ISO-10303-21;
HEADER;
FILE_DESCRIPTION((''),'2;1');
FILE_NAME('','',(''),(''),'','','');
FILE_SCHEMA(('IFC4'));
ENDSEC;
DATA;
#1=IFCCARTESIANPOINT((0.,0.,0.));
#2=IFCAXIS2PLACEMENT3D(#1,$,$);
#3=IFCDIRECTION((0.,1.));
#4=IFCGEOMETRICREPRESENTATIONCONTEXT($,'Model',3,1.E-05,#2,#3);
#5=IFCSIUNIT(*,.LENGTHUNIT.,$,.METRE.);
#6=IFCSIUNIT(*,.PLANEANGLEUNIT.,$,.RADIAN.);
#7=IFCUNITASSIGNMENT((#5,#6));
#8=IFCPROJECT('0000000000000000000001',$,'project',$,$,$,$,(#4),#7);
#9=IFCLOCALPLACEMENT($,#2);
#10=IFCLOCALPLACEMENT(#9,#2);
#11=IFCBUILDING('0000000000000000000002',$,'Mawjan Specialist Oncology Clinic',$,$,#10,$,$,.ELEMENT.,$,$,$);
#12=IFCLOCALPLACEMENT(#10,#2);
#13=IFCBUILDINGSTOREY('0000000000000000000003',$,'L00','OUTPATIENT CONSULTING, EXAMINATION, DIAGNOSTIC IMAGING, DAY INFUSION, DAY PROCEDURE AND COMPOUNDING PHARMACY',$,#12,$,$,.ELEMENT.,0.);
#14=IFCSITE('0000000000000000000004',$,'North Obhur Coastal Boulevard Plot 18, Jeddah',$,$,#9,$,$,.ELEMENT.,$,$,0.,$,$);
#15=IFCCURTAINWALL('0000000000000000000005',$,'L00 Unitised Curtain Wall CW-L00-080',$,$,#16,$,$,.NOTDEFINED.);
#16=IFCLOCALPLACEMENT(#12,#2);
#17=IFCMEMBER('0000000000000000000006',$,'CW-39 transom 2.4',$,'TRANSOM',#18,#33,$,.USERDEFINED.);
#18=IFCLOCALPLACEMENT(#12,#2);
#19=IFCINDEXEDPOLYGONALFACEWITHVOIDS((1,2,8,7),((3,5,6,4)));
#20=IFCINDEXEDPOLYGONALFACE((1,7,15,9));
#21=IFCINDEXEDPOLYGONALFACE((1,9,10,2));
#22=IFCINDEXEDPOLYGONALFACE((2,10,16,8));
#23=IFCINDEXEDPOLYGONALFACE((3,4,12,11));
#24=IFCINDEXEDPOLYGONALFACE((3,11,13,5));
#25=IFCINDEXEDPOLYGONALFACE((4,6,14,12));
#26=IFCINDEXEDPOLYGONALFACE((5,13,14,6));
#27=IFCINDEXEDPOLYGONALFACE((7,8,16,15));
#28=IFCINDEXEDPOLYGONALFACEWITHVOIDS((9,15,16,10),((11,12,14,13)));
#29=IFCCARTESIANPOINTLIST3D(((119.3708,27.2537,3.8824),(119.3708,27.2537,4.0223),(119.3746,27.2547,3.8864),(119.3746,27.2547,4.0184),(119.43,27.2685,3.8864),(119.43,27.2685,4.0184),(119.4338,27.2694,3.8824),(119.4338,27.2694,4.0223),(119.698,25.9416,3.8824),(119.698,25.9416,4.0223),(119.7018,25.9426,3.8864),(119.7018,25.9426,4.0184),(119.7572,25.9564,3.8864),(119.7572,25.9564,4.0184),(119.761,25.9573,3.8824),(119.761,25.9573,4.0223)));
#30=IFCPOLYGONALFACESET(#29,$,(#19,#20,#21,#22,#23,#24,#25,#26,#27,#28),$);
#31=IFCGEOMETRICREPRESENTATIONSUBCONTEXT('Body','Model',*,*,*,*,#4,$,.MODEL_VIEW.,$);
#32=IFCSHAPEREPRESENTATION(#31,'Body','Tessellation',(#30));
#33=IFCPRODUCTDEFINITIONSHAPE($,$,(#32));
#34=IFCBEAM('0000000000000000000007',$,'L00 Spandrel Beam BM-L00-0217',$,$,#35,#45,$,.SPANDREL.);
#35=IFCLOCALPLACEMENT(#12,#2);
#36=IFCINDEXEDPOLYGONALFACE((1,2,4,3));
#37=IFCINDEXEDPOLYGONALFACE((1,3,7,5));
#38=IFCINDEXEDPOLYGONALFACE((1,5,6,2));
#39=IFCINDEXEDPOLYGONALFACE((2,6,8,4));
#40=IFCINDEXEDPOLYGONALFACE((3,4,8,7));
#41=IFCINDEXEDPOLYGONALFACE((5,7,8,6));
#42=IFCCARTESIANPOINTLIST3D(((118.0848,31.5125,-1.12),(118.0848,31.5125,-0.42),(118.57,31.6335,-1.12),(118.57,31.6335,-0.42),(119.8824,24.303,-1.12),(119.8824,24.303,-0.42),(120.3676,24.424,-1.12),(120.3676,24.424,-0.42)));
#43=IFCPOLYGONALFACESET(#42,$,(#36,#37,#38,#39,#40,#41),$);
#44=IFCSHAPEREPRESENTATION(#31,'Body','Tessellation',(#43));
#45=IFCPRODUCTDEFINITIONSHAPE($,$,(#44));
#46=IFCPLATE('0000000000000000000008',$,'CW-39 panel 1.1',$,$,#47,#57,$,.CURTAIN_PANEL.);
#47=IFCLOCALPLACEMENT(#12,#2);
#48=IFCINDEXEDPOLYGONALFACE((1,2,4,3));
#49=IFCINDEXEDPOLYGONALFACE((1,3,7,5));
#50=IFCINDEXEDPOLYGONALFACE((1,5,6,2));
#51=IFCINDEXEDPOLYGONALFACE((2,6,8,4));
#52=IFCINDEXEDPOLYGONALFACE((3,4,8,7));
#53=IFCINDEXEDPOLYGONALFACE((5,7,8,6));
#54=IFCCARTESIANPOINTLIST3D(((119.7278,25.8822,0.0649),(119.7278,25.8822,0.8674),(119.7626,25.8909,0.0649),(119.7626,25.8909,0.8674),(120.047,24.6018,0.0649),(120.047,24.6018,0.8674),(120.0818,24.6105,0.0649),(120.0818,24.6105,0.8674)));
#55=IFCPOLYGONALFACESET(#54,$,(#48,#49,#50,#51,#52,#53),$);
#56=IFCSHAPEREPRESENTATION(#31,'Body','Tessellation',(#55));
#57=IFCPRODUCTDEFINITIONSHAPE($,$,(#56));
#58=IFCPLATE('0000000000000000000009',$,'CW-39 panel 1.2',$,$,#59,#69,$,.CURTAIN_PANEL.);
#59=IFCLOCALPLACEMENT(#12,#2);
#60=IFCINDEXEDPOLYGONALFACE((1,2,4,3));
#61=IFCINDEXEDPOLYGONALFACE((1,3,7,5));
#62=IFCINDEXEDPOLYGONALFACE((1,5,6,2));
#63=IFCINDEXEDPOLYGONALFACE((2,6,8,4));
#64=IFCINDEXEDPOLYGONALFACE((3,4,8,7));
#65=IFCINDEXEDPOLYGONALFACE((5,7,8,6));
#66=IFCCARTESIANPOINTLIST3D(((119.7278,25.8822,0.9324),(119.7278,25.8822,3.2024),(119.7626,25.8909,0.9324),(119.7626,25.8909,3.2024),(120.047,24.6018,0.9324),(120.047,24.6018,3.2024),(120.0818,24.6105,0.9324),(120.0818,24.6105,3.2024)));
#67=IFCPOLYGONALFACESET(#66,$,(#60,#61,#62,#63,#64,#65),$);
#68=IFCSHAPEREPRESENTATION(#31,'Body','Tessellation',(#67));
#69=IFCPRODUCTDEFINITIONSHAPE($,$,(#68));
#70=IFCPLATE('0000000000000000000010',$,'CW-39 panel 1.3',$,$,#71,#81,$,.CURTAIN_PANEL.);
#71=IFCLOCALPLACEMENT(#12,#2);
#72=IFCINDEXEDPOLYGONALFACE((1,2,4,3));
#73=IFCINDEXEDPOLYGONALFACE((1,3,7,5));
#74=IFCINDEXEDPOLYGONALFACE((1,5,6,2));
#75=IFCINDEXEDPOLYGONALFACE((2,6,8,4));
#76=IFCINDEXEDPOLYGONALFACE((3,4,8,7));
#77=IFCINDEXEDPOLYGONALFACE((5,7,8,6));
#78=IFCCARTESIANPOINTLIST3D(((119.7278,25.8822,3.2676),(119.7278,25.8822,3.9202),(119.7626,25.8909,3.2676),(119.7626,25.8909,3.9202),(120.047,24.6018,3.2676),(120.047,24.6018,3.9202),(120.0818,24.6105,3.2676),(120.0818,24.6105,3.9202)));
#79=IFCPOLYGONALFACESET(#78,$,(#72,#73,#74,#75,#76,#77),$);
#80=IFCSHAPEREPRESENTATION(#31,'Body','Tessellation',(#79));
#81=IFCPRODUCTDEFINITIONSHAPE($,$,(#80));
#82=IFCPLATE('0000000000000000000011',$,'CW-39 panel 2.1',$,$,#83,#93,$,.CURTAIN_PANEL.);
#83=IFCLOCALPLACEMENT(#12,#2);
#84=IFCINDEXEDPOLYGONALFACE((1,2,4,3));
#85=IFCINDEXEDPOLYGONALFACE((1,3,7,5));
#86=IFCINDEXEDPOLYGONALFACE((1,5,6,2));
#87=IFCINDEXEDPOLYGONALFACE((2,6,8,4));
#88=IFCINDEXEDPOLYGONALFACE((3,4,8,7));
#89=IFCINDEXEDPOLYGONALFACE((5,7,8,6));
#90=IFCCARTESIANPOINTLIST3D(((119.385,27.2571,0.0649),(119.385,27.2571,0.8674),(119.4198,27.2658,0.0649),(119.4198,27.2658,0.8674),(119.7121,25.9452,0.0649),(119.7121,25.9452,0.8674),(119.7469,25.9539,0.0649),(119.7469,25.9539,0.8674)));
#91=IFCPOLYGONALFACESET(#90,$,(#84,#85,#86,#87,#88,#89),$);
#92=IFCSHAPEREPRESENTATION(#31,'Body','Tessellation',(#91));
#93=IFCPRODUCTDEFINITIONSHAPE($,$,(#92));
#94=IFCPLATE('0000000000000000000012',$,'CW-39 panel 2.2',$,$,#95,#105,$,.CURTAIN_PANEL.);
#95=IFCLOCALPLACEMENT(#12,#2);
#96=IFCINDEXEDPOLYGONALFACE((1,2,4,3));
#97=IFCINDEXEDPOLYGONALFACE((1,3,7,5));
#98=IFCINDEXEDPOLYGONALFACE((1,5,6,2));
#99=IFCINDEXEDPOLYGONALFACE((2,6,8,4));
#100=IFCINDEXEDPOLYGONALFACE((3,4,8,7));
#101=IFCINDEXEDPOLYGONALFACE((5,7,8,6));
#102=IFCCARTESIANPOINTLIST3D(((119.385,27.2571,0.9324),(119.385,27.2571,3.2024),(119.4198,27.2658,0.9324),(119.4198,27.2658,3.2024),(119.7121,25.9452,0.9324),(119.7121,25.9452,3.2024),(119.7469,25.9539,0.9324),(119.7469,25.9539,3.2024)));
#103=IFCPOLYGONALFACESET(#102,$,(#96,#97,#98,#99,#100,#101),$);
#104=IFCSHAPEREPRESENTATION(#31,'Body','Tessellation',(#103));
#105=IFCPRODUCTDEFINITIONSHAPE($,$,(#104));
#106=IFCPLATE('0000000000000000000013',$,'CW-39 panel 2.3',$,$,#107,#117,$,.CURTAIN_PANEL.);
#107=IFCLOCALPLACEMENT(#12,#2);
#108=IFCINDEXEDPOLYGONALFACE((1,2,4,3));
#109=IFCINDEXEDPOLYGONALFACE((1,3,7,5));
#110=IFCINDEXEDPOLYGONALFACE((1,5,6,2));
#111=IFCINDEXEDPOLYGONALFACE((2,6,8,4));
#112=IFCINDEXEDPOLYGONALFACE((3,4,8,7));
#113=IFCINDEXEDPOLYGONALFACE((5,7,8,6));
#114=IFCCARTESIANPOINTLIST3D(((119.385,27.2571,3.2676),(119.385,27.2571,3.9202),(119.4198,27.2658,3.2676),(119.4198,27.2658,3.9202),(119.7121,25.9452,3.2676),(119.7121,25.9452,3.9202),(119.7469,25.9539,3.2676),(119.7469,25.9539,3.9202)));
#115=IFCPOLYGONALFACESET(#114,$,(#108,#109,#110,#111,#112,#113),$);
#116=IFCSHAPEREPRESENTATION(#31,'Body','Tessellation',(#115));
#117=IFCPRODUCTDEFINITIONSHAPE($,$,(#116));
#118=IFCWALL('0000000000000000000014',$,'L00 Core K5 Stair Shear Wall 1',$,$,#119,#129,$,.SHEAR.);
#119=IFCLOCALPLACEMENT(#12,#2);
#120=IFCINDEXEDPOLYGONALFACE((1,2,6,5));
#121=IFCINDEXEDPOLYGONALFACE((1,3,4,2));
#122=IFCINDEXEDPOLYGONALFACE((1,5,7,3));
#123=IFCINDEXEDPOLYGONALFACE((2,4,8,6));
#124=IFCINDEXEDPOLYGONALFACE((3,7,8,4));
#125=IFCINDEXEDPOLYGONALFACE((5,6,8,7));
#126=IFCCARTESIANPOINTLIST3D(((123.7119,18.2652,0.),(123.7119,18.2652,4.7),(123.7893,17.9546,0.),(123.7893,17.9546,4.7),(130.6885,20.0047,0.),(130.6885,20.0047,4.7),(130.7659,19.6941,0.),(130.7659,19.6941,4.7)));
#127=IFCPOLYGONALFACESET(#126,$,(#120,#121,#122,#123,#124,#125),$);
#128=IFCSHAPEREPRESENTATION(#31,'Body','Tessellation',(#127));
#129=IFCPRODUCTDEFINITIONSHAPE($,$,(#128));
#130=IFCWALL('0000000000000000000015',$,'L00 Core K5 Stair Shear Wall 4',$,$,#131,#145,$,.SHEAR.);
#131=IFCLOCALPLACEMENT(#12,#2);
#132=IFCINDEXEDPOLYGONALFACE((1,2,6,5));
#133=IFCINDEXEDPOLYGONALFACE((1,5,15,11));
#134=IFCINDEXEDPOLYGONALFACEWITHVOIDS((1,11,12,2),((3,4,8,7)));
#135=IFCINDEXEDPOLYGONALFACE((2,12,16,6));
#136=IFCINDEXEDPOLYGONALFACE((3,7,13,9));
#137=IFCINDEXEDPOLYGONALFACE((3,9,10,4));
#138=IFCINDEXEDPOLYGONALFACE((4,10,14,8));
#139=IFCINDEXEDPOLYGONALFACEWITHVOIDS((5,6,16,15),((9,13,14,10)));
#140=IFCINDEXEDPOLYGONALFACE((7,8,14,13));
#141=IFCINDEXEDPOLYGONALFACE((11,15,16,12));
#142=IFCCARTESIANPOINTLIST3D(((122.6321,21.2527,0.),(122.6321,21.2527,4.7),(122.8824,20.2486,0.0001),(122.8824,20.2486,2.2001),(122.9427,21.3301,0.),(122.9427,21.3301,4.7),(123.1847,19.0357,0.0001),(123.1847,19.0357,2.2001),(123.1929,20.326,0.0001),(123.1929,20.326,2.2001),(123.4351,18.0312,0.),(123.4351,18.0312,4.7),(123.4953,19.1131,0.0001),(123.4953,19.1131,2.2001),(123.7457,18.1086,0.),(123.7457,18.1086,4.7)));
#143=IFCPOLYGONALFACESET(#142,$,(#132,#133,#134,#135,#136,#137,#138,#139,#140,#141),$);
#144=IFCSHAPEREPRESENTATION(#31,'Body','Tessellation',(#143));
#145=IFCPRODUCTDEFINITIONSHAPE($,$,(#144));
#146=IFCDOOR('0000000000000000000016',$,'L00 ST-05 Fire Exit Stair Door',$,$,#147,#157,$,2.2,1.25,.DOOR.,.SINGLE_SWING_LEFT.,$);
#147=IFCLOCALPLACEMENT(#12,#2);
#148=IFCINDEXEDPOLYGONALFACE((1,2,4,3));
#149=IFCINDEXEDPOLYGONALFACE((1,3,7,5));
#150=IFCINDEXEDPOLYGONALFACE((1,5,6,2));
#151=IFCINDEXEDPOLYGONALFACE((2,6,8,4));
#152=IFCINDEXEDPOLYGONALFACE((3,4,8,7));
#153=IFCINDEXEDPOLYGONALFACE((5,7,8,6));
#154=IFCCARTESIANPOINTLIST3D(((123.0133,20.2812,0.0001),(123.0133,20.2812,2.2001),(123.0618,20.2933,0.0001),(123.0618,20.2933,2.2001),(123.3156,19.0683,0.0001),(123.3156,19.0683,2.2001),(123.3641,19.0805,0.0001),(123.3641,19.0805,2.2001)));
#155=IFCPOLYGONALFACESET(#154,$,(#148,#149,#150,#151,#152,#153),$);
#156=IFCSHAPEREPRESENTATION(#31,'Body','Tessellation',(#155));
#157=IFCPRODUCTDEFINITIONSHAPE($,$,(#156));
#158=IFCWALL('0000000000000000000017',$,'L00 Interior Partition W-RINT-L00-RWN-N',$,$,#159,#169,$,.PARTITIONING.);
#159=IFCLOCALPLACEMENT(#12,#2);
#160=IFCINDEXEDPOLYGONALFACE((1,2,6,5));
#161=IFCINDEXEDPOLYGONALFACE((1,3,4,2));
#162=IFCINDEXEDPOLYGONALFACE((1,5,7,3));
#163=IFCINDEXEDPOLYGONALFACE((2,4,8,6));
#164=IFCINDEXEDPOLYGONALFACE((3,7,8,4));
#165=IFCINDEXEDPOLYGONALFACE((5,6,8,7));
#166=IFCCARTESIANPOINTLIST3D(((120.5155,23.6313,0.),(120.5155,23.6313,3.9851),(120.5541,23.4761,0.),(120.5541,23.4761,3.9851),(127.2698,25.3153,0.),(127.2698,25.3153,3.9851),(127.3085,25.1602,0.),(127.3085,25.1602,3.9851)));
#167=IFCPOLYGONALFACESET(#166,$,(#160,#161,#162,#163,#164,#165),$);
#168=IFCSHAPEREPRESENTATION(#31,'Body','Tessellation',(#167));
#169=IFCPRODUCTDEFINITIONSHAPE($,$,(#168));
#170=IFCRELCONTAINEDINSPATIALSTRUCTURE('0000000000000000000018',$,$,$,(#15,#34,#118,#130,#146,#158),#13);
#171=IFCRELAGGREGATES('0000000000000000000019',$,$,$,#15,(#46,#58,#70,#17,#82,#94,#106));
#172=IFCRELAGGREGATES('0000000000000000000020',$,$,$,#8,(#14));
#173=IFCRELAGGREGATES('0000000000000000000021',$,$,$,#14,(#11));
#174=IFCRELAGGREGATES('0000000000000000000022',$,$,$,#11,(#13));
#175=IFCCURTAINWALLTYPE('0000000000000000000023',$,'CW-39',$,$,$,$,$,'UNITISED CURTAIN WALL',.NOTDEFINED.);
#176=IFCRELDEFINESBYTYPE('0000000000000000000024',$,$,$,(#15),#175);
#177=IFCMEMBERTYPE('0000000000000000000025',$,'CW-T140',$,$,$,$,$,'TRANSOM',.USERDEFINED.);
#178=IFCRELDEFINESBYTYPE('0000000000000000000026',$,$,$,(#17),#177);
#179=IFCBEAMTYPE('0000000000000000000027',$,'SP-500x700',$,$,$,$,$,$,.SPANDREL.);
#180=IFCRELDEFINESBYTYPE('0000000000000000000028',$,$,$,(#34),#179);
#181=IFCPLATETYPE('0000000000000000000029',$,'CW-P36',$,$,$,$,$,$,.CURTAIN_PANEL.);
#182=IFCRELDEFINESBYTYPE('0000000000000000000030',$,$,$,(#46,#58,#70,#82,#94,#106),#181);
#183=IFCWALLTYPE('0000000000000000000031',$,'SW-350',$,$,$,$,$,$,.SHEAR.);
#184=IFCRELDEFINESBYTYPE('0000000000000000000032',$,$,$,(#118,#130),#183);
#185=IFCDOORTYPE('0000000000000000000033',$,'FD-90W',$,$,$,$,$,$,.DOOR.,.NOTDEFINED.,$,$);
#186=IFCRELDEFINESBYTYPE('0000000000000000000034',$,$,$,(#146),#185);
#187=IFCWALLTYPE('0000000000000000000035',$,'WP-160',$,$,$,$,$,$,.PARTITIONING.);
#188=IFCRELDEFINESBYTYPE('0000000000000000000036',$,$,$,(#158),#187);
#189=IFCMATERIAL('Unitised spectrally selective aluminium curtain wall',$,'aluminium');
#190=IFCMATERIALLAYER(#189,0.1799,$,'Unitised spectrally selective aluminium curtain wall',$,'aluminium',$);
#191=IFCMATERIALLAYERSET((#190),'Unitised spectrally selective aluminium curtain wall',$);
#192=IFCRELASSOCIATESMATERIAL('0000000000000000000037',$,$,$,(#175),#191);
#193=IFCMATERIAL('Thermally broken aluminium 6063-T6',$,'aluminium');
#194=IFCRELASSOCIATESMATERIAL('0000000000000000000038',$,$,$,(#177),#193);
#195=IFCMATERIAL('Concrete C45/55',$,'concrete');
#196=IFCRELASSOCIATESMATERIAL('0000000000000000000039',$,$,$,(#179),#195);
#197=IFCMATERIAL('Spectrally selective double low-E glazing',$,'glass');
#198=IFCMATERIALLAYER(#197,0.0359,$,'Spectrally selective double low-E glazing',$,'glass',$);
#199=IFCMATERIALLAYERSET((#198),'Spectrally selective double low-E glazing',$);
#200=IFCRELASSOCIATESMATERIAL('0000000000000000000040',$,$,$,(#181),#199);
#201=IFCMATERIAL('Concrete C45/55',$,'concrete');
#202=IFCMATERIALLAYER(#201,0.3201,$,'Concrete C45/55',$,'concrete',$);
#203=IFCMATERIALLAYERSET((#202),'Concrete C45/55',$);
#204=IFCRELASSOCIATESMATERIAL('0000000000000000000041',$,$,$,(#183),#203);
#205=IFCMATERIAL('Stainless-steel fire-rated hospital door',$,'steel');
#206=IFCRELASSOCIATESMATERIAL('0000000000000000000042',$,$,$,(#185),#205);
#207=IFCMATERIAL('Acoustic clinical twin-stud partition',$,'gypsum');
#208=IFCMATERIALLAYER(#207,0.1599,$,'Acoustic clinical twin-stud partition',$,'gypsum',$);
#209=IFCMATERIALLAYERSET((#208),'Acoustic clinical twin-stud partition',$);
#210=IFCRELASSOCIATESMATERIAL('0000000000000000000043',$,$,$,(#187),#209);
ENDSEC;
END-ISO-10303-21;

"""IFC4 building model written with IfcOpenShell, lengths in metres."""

from ifc_helpers import new_model, si_unit, direction, frame, frame_2d, origin, origin_2d, place, context, subcontext, project, spatial, rectangle, hollow_rectangle, extrude, material, layer, layer_set, material_profile, profile_set, type_object, element, fill, aggregate, save


model = new_model("IFC4")

# Units and contexts
model_context = context("Model", 3, precision=1e-05, world=origin(), true_north=direction((0.0, 1.0)))
body_context = subcontext(model_context, "Body", "Model", "MODEL_VIEW")
ifc_project = project(units=[si_unit("LENGTHUNIT", "METRE"), si_unit("PLANEANGLEUNIT", "RADIAN")], contexts=[model_context])

# Site, building, storey
site_placement = place(None, origin())
site = spatial("IfcSite", under=ifc_project, at=site_placement, Name="North Obhur Coastal Boulevard Plot 18, Jeddah", CompositionType="ELEMENT", RefElevation=0.0)
building_placement = place(site_placement, origin())
building = spatial("IfcBuilding", under=site, at=building_placement, Name="Mawjan Specialist Oncology Clinic", CompositionType="ELEMENT")
storey_placement = place(building_placement, origin())
storey = spatial("IfcBuildingStorey", under=building, at=storey_placement, Name="L00", Description="OUTPATIENT CONSULTING, EXAMINATION, DIAGNOSTIC IMAGING, DAY INFUSION, DAY PROCEDURE AND COMPOUNDING PHARMACY", CompositionType="ELEMENT", Elevation=0.0)

# Curtain wall, member
ifc_material_1 = material(Name="Unitised spectrally selective aluminium curtain wall", Category="aluminium")
ifc_layer_1 = layer(ifc_material_1, 0.1799, Name="Unitised spectrally selective aluminium curtain wall", Category="aluminium")
ifc_layer_set_1 = layer_set([ifc_layer_1], Name="Unitised spectrally selective aluminium curtain wall")
curtain_wall_type = type_object("IfcCurtainWallType", Name="CW-39", ElementType="UNITISED CURTAIN WALL", PredefinedType="NOTDEFINED", material=ifc_layer_set_1)
curtain_wall_placement = place(storey_placement, origin())
curtain_wall = element("IfcCurtainWall", 1, at=curtain_wall_placement, inside=storey, type_object=curtain_wall_type, Name="L00 Unitised Curtain Wall CW-L00-080", PredefinedType="NOTDEFINED")
ifc_material_2 = material(Name="Thermally broken aluminium 6063-T6", Category="aluminium")
ifc_material_profile_1 = material_profile(ifc_material_2, hollow_rectangle(XDim=0.0649, YDim=0.1399, WallThickness=0.0039, at=origin_2d()), Name="ALU TRANSOM 140x65x4", Category="aluminium")
ifc_profile_set_1 = profile_set([ifc_material_profile_1], Name="Thermally broken aluminium 6063-T6")
member_type_1 = type_object("IfcMemberType", Name="CW-T140", ElementType="TRANSOM", PredefinedType="USERDEFINED", material=ifc_profile_set_1)
member_1_placement = place(storey_placement, frame((119.7295, 25.9495, 3.9524), z_axis=(-0.241941, 0.970291, 0.0), x_axis=(-0.970291, -0.241941, 0.0)))
member_1 = element("IfcMember", 2, at=member_1_placement, type_object=member_type_1, Name="CW-39 transom 2.4", ObjectType="TRANSOM", PredefinedType="USERDEFINED", context=body_context, shape_type="SweptSolid", body=[
    extrude(hollow_rectangle(XDim=0.0649, YDim=0.1399, WallThickness=0.0039, at=origin_2d()), origin(), (0.0, 0.0, 1.0), 1.3523),
])

# Beam
ifc_material_3 = material(Name="Concrete C45/55", Category="concrete")
ifc_material_profile_2 = material_profile(ifc_material_3, rectangle(XDim=0.5, YDim=0.7, at=origin_2d()), Name="RC BM 500x700", Category="concrete")
ifc_profile_set_2 = profile_set([ifc_material_profile_2], Name="Concrete C45/55")
beam_type_1 = type_object("IfcBeamType", Name="SP-500x700", PredefinedType="SPANDREL", material=ifc_profile_set_2)
beam_1_placement = place(storey_placement, frame((120.125, 24.3635, -0.77), z_axis=(-0.241933, 0.970293, 0.0), x_axis=(-0.970293, -0.241933, 0.0)))
element("IfcBeam", 3, at=beam_1_placement, inside=storey, type_object=beam_type_1, Name="L00 Spandrel Beam BM-L00-0217", PredefinedType="SPANDREL", context=body_context, shape_type="SweptSolid", body=[
    extrude(rectangle(XDim=0.5, YDim=0.7, at=origin_2d()), origin(), (0.0, 0.0, 1.0), 7.4302),
])

# Plates
ifc_material_4 = material(Name="Spectrally selective double low-E glazing", Category="glass")
ifc_layer_2 = layer(ifc_material_4, 0.0359, Name="Spectrally selective double low-E glazing", Category="glass")
ifc_layer_set_2 = layer_set([ifc_layer_2], Name="Spectrally selective double low-E glazing")
plate_type = type_object("IfcPlateType", Name="CW-P36", PredefinedType="CURTAIN_PANEL", material=ifc_layer_set_2)
plate_1_placement = place(storey_placement, frame((119.9048, 25.2463, 0.0649), z_axis=(0.0, 0.0, 1.0), x_axis=(-0.241922, 0.970296, 0.0)))
plate_1 = element("IfcPlate", 4, at=plate_1_placement, type_object=plate_type, Name="CW-39 panel 1.1", PredefinedType="CURTAIN_PANEL", context=body_context, shape_type="SweptSolid", body=[
    extrude(rectangle(XDim=1.3196, YDim=0.0359, at=origin_2d()), origin(), (0.0, 0.0, 1.0), 0.8025),
])
plate_2_placement = place(storey_placement, frame((119.9048, 25.2463, 0.9324), z_axis=(0.0, 0.0, 1.0), x_axis=(-0.241922, 0.970296, 0.0)))
plate_2 = element("IfcPlate", 5, at=plate_2_placement, type_object=plate_type, Name="CW-39 panel 1.2", PredefinedType="CURTAIN_PANEL", context=body_context, shape_type="SweptSolid", body=[
    extrude(rectangle(XDim=1.3196, YDim=0.0359, at=origin_2d()), origin(), (0.0, 0.0, 1.0), 2.27),
])
plate_3_placement = place(storey_placement, frame((119.9048, 25.2463, 3.2676), z_axis=(0.0, 0.0, 1.0), x_axis=(-0.241922, 0.970296, 0.0)))
plate_3 = element("IfcPlate", 6, at=plate_3_placement, type_object=plate_type, Name="CW-39 panel 1.3", PredefinedType="CURTAIN_PANEL", context=body_context, shape_type="SweptSolid", body=[
    extrude(rectangle(XDim=1.3196, YDim=0.0359, at=origin_2d()), origin(), (0.0, 0.0, 1.0), 0.6526),
])
plate_4_placement = place(storey_placement, frame((119.5659, 26.6055, 0.0649), z_axis=(0.0, 0.0, 1.0), x_axis=(-0.241922, 0.970296, 0.0)))
plate_4 = element("IfcPlate", 7, at=plate_4_placement, type_object=plate_type, Name="CW-39 panel 2.1", PredefinedType="CURTAIN_PANEL", context=body_context, shape_type="SweptSolid", body=[
    extrude(rectangle(XDim=1.3521, YDim=0.0359, at=origin_2d()), origin(), (0.0, 0.0, 1.0), 0.8025),
])
plate_5_placement = place(storey_placement, frame((119.5659, 26.6055, 0.9324), z_axis=(0.0, 0.0, 1.0), x_axis=(-0.241922, 0.970296, 0.0)))
plate_5 = element("IfcPlate", 8, at=plate_5_placement, type_object=plate_type, Name="CW-39 panel 2.2", PredefinedType="CURTAIN_PANEL", context=body_context, shape_type="SweptSolid", body=[
    extrude(rectangle(XDim=1.3521, YDim=0.0359, at=origin_2d()), origin(), (0.0, 0.0, 1.0), 2.27),
])
plate_6_placement = place(storey_placement, frame((119.5659, 26.6055, 3.2676), z_axis=(0.0, 0.0, 1.0), x_axis=(-0.241922, 0.970296, 0.0)))
plate_6 = element("IfcPlate", 9, at=plate_6_placement, type_object=plate_type, Name="CW-39 panel 2.3", PredefinedType="CURTAIN_PANEL", context=body_context, shape_type="SweptSolid", body=[
    extrude(rectangle(XDim=1.3521, YDim=0.0359, at=origin_2d()), origin(), (0.0, 0.0, 1.0), 0.6526),
])
aggregate(curtain_wall, [plate_1, plate_2, plate_3, member_1, plate_4, plate_5, plate_6])

# Wall
ifc_material_5 = material(Name="Concrete C45/55", Category="concrete")
ifc_layer_3 = layer(ifc_material_5, 0.3201, Name="Concrete C45/55", Category="concrete")
ifc_layer_set_3 = layer_set([ifc_layer_3], Name="Concrete C45/55")
wall_type_1 = type_object("IfcWallType", Name="SW-350", PredefinedType="SHEAR", material=ifc_layer_set_3)
wall_1_placement = place(storey_placement, frame((123.7505, 18.1099, 0.0), z_axis=(0.0, 0.0, 1.0), x_axis=(0.970294, 0.241928, 0.0)))
element("IfcWall", 10, at=wall_1_placement, inside=storey, type_object=wall_type_1, Name="L00 Core K5 Stair Shear Wall 1", PredefinedType="SHEAR", context=body_context, shape_type="SweptSolid", body=[
    extrude(rectangle(XDim=7.1902, YDim=0.3201, at=frame_2d((3.5952, 0.0))), origin(), (0.0, 0.0, 1.0), 4.7),
])

# Wall, opening, door
wall_2_placement = place(storey_placement, frame((122.7874, 21.2915, 0.0), z_axis=(0.0, 0.0, 1.0), x_axis=(0.241861, -0.970311, 0.0)))
wall_2 = element("IfcWall", 11, at=wall_2_placement, inside=storey, type_object=wall_type_1, Name="L00 Core K5 Stair Shear Wall 4", PredefinedType="SHEAR", context=body_context, shape_type="SweptSolid", body=[
    extrude(rectangle(XDim=3.3201, YDim=0.3201, at=frame_2d((1.6602, 0.0))), origin(), (0.0, 0.0, 1.0), 4.7),
])
opening_placement = place(wall_2_placement, frame((1.0349, 0.0, 0.0)))
opening = element("IfcOpeningElement", 12, at=opening_placement, cuts=wall_2, PredefinedType="OPENING", context=body_context, shape_type="SweptSolid", body=[
    extrude(rectangle(XDim=1.25, YDim=2.2, at=frame_2d((0.625, 1.1001))), frame((0.0, 0.1721, 0.0), z_axis=(0.0, -1.0, 0.0), x_axis=(1.0, 0.0, 0.0)), (0.0, 0.0, 1.0), 0.344),
])
ifc_material_6 = material(Name="Stainless-steel fire-rated hospital door", Category="steel")
door_type = type_object("IfcDoorType", Name="FD-90W", OperationType="NOTDEFINED", PredefinedType="DOOR", material=ifc_material_6)
door_placement = place(opening_placement, origin())
door = element("IfcDoor", 13, at=door_placement, inside=storey, type_object=door_type, Name="L00 ST-05 Fire Exit Stair Door", OperationType="SINGLE_SWING_LEFT", OverallHeight=2.2, OverallWidth=1.25, PredefinedType="DOOR", context=body_context, shape_type="SweptSolid", body=[
    extrude(rectangle(XDim=1.25, YDim=2.2, at=frame_2d((0.625, 1.1001))), frame((0.0, 0.0249, 0.0), z_axis=(0.0, -1.0, 0.0), x_axis=(1.0, 0.0, 0.0)), (0.0, 0.0, 1.0), 0.05),
])
fill(opening, door)

# Wall
ifc_material_7 = material(Name="Acoustic clinical twin-stud partition", Category="gypsum")
ifc_layer_4 = layer(ifc_material_7, 0.1599, Name="Acoustic clinical twin-stud partition", Category="gypsum")
ifc_layer_set_4 = layer_set([ifc_layer_4], Name="Acoustic clinical twin-stud partition")
wall_type_2 = type_object("IfcWallType", Name="WP-160", PredefinedType="PARTITIONING", material=ifc_layer_set_4)
wall_3_placement = place(storey_placement, frame((120.5349, 23.5537, 0.0), z_axis=(0.0, 0.0, 1.0), x_axis=(0.970295, 0.241925, 0.0)))
element("IfcWall", 14, at=wall_3_placement, inside=storey, type_object=wall_type_2, Name="L00 Interior Partition W-RINT-L00-RWN-N", PredefinedType="PARTITIONING", context=body_context, shape_type="SweptSolid", body=[
    extrude(rectangle(XDim=6.9612, YDim=0.1599, at=frame_2d((3.4805, 0.0))), origin(), (0.0, 0.0, 1.0), 3.9851),
])

save(model, "model.ifc")
